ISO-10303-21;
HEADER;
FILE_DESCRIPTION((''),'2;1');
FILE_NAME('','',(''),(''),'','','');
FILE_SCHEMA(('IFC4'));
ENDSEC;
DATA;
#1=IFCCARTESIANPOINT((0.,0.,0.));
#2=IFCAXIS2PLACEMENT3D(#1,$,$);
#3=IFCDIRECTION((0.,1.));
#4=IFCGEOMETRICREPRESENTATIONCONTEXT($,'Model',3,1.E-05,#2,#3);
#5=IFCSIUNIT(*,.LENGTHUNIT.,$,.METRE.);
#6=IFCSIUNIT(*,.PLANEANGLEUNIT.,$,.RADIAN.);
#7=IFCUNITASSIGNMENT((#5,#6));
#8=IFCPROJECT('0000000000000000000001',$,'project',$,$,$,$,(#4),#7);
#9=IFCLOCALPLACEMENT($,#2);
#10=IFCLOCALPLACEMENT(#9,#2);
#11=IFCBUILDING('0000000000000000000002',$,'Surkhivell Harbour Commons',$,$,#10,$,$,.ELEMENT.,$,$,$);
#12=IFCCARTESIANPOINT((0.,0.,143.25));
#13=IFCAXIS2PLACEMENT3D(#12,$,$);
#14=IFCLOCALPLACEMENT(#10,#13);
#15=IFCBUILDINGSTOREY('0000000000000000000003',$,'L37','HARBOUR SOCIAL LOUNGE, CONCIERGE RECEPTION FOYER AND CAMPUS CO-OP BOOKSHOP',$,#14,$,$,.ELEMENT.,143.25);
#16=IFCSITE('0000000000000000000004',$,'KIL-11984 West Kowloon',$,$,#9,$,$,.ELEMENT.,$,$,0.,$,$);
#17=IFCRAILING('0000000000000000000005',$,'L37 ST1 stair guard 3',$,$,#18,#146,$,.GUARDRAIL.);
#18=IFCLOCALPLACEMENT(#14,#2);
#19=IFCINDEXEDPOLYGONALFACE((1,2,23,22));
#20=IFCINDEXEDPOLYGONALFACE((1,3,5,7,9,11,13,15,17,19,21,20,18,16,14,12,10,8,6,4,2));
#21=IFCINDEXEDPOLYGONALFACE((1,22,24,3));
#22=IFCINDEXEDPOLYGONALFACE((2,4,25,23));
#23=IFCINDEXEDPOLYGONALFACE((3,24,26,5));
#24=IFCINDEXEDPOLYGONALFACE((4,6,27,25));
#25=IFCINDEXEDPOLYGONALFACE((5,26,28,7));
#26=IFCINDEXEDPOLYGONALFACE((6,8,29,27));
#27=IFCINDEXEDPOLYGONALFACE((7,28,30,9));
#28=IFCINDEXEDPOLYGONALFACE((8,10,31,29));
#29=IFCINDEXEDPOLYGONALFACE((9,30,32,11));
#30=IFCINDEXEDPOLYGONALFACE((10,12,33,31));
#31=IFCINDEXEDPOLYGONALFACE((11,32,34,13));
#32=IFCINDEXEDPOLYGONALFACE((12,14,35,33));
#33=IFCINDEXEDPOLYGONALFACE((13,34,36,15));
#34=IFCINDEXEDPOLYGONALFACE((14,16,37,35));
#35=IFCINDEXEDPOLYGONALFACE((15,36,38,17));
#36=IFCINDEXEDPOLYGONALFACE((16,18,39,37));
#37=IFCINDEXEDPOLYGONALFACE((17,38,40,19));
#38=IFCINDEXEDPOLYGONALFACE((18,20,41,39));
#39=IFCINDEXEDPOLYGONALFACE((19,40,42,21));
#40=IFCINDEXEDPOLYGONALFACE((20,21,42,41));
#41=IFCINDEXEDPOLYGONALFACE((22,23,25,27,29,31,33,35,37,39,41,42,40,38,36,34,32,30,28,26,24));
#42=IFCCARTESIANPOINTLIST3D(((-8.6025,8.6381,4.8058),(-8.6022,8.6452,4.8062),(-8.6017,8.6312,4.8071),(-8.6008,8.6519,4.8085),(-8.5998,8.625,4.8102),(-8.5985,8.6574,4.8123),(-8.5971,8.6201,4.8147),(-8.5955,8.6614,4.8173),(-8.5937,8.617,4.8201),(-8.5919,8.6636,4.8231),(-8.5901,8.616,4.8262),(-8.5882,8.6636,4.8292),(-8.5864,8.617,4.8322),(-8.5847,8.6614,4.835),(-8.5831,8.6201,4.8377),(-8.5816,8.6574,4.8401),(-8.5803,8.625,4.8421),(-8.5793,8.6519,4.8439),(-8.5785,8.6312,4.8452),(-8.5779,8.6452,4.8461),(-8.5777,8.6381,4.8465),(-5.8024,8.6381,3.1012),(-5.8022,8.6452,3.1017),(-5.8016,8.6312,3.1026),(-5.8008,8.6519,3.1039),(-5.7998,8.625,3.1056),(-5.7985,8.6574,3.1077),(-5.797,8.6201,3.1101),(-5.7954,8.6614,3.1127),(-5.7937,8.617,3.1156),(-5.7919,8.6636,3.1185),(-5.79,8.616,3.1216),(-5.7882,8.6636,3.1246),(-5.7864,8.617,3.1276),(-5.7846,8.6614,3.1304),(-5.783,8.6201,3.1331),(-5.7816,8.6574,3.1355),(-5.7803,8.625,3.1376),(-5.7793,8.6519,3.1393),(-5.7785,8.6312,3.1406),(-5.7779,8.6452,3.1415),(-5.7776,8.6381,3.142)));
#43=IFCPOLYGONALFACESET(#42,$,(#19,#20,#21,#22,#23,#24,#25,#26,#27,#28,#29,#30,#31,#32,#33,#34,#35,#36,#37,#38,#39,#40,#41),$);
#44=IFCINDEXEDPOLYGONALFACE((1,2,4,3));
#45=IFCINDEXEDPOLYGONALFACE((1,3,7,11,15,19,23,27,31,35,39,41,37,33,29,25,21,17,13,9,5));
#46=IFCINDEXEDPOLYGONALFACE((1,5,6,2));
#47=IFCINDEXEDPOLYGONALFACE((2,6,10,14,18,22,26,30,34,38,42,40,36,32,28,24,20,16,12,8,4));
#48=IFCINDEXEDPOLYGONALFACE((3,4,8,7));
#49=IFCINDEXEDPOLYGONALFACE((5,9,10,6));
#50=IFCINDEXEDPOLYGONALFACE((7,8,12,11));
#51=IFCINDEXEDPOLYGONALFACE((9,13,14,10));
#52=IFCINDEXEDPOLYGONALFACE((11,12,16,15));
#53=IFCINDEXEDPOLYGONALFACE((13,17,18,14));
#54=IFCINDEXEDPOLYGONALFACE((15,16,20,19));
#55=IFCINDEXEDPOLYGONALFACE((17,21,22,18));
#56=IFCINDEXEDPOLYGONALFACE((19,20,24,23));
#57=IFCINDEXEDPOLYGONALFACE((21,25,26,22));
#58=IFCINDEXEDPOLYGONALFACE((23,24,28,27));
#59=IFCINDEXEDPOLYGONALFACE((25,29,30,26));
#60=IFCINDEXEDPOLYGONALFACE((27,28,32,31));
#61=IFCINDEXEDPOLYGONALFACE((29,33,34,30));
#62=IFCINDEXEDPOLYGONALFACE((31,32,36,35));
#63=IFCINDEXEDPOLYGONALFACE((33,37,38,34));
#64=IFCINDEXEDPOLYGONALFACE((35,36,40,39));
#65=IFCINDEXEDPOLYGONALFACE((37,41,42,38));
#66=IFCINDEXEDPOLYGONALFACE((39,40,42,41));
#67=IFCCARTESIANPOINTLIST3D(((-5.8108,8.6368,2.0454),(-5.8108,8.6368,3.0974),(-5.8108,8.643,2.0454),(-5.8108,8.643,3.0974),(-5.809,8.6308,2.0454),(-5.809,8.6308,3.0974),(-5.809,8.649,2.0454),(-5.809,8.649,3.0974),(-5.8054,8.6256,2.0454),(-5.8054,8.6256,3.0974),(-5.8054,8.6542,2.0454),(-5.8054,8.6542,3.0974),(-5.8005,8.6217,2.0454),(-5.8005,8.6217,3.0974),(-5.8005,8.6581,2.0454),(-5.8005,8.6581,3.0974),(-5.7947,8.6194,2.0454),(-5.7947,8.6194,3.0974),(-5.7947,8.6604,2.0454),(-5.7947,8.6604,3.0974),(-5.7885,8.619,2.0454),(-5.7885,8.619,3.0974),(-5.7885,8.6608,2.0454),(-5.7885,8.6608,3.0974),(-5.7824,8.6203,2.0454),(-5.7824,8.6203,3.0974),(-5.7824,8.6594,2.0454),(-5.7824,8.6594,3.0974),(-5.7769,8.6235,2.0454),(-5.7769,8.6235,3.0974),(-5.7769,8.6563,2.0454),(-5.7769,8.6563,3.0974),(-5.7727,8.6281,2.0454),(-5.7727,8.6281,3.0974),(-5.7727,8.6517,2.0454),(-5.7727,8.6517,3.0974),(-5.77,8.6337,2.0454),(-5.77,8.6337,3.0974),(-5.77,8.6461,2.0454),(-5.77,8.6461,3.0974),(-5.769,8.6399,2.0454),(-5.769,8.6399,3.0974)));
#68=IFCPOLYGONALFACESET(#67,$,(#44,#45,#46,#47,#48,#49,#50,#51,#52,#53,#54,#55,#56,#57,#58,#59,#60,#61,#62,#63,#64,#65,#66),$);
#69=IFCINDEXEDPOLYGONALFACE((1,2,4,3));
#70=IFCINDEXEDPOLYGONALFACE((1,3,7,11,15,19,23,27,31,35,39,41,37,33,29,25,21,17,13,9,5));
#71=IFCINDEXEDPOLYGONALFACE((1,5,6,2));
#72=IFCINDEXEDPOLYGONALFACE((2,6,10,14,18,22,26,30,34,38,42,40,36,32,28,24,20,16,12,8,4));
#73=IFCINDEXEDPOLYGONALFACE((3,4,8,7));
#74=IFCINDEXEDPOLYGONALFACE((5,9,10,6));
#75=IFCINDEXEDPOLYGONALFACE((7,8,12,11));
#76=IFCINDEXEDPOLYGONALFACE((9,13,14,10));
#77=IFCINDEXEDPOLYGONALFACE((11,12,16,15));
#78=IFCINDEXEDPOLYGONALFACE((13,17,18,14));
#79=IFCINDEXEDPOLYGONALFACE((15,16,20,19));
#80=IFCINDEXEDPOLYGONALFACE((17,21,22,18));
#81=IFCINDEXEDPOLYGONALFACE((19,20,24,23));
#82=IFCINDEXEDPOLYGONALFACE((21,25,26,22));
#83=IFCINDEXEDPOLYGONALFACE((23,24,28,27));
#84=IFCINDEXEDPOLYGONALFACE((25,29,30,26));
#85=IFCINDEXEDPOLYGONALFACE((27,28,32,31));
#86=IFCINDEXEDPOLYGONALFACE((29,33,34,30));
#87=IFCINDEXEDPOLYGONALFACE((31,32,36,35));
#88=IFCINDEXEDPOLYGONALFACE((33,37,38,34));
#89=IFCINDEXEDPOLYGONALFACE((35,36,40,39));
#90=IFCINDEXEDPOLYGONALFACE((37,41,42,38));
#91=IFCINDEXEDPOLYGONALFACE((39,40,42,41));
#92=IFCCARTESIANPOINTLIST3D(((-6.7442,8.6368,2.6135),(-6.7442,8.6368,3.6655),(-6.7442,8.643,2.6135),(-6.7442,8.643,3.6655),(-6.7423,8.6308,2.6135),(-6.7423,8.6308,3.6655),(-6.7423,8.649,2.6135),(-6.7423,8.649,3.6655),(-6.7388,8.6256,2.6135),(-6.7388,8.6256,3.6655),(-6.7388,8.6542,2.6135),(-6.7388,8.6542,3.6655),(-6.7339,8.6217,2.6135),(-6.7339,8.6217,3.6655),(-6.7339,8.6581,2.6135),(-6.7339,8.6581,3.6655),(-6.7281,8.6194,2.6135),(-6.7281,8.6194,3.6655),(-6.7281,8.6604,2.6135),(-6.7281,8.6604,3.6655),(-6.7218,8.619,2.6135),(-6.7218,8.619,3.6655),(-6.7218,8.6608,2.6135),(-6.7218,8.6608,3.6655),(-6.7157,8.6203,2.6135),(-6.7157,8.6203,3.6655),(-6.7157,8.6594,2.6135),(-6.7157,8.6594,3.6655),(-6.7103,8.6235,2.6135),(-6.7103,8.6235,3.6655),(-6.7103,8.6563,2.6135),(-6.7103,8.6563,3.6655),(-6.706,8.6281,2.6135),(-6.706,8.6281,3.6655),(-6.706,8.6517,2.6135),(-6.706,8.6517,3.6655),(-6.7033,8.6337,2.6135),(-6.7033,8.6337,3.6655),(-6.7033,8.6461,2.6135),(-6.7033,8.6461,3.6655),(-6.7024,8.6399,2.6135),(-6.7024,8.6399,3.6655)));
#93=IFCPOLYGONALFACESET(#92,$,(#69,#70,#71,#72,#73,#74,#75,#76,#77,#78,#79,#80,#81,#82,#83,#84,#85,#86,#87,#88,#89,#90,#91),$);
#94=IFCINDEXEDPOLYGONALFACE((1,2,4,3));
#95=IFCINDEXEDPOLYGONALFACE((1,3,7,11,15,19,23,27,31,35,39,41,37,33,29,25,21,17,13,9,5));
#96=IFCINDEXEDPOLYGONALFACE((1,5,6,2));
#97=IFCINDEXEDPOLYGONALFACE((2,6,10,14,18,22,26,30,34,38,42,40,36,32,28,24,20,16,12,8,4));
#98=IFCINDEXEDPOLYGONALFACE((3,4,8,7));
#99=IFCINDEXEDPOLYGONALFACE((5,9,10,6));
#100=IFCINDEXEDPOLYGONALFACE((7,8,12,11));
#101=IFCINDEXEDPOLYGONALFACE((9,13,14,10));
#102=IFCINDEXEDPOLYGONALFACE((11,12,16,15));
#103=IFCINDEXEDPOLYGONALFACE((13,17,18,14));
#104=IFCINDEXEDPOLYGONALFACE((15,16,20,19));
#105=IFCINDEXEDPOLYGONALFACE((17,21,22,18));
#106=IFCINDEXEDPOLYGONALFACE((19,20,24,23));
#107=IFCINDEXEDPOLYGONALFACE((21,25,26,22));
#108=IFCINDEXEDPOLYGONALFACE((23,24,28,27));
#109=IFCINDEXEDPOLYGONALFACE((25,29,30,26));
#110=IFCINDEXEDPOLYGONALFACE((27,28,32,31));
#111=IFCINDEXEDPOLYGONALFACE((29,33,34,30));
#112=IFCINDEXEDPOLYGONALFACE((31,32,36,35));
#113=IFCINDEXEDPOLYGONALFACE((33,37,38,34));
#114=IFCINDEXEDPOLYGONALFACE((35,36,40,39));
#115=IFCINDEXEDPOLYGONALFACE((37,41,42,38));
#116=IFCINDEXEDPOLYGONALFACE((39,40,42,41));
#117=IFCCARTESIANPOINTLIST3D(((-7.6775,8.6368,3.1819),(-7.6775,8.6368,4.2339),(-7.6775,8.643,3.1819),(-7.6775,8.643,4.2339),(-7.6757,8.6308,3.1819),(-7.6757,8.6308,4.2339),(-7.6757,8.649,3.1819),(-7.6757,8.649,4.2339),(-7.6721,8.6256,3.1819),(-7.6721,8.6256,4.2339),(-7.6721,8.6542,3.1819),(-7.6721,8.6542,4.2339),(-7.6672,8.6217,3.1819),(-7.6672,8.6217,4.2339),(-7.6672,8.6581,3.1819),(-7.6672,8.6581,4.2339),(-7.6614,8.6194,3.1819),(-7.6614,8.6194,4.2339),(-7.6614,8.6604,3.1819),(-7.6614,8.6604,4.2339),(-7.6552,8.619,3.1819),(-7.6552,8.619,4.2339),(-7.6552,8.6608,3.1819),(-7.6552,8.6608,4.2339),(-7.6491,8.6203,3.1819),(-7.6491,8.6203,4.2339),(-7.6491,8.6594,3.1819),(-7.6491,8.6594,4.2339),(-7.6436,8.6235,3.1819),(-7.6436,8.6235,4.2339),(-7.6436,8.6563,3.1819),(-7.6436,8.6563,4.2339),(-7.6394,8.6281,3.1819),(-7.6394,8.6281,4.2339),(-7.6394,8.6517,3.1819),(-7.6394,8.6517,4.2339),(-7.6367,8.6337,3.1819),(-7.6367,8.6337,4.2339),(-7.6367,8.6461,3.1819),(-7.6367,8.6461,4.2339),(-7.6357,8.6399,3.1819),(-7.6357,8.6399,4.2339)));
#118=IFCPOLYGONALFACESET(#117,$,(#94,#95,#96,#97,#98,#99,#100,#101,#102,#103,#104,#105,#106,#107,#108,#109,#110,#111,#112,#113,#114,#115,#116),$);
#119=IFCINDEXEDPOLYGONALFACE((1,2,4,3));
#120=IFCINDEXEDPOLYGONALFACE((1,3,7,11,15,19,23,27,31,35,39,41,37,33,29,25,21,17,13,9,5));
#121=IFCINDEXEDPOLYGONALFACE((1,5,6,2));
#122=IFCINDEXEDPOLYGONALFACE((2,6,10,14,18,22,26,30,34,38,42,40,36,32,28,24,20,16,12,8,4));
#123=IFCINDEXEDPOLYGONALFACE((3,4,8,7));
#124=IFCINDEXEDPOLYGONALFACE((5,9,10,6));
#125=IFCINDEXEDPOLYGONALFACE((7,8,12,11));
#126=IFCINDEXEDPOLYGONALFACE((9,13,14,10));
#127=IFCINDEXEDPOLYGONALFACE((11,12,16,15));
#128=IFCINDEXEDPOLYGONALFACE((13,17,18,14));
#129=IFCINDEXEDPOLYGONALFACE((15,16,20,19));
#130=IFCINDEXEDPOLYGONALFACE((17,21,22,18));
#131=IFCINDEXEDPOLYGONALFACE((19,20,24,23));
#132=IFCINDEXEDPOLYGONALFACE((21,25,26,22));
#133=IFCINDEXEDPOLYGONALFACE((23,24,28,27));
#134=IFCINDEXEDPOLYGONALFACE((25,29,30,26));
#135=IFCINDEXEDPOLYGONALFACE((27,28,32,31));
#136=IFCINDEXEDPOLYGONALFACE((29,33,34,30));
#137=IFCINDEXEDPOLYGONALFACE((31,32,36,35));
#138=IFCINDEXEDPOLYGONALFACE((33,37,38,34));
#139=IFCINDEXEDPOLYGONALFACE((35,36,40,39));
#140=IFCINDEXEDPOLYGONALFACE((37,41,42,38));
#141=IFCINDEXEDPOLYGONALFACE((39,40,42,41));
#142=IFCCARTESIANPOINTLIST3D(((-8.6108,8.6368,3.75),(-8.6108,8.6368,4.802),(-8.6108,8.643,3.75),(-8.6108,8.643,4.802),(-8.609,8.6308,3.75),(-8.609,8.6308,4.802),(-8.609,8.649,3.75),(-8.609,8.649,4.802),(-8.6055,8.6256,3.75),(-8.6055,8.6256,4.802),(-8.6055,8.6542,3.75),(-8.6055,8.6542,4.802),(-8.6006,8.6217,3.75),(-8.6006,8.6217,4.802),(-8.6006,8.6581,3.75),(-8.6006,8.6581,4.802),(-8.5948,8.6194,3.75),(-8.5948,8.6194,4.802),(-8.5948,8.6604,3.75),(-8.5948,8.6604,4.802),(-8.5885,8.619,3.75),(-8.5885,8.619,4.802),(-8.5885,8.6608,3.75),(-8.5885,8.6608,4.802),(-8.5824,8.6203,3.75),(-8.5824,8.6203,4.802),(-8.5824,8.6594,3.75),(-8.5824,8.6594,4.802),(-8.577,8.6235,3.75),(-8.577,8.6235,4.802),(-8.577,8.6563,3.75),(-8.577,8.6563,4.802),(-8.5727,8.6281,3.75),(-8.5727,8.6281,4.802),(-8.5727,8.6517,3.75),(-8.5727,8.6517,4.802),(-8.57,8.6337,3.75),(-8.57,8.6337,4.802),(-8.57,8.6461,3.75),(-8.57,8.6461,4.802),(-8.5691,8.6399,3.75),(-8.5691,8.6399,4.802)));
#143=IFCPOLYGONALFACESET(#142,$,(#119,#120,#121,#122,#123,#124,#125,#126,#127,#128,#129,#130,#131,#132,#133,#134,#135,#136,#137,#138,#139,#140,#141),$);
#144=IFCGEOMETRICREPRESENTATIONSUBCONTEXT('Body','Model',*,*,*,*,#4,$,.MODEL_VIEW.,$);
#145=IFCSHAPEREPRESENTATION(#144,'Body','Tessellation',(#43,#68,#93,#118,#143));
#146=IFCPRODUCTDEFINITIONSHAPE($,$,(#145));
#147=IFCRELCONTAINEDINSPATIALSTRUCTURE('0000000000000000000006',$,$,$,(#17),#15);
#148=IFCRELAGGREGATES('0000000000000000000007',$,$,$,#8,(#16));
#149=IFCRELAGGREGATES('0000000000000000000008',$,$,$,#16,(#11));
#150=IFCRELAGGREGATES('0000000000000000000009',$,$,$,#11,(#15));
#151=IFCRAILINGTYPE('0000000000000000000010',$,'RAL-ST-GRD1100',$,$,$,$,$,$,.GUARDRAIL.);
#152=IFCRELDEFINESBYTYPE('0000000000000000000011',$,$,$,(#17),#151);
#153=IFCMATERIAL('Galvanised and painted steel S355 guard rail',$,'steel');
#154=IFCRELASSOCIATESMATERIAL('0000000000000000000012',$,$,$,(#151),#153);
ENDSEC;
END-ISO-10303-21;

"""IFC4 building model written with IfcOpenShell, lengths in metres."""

from ifc_helpers import new_model, si_unit, direction, frame, origin, origin_2d, place, context, subcontext, project, spatial, circle, extrude, material, type_object, element, save


model = new_model("IFC4")

# Units and contexts
model_context = context("Model", 3, precision=1e-05, world=origin(), true_north=direction((0.0, 1.0)))
body_context = subcontext(model_context, "Body", "Model", "MODEL_VIEW")
ifc_project = project(units=[si_unit("LENGTHUNIT", "METRE"), si_unit("PLANEANGLEUNIT", "RADIAN")], contexts=[model_context])

# Site, building, storey
site_placement = place(None, origin())
site = spatial("IfcSite", under=ifc_project, at=site_placement, Name="KIL-11984 West Kowloon", CompositionType="ELEMENT", RefElevation=0.0)
building_placement = place(site_placement, origin())
building = spatial("IfcBuilding", under=site, at=building_placement, Name="Surkhivell Harbour Commons", CompositionType="ELEMENT")
storey_placement = place(building_placement, frame((0.0, 0.0, 143.25)))
storey = spatial("IfcBuildingStorey", under=building, at=storey_placement, Name="L37", Description="HARBOUR SOCIAL LOUNGE, CONCIERGE RECEPTION FOYER AND CAMPUS CO-OP BOOKSHOP", CompositionType="ELEMENT", Elevation=143.25)

# Railing
ifc_material_1 = material(Name="Galvanised and painted steel S355 guard rail", Category="steel")
railing_type_1 = type_object("IfcRailingType", Name="RAL-ST-GRD1100", PredefinedType="GUARDRAIL", material=ifc_material_1)
railing_1_placement = place(storey_placement, frame((-5.79, 8.6399, 2.0454)))
element("IfcRailing", 1, at=railing_1_placement, inside=storey, type_object=railing_type_1, Name="L37 ST1 stair guard 3", PredefinedType="GUARDRAIL", context=body_context, shape_type="SweptSolid", body=[
    extrude(circle(Radius=0.0239, at=origin_2d()), frame((0.0, 0.0, 1.0762), z_axis=(-0.85417, 0.0, 0.519994), x_axis=(0.0, -1.0, 0.0)), (0.0, 0.0, 1.0), 3.2781),
    extrude(circle(Radius=0.021, at=origin_2d()), origin(), (0.0, 0.0, 1.0), 1.052),
    extrude(circle(Radius=0.021, at=origin_2d()), frame((-0.9333, 0.0, 0.5681)), (0.0, 0.0, 1.0), 1.052),
    extrude(circle(Radius=0.021, at=origin_2d()), frame((-1.8667, 0.0, 1.1365)), (0.0, 0.0, 1.0), 1.052),
    extrude(circle(Radius=0.021, at=origin_2d()), frame((-2.8, 0.0, 1.7046)), (0.0, 0.0, 1.0), 1.052),
])

save(model, "model.ifc")
